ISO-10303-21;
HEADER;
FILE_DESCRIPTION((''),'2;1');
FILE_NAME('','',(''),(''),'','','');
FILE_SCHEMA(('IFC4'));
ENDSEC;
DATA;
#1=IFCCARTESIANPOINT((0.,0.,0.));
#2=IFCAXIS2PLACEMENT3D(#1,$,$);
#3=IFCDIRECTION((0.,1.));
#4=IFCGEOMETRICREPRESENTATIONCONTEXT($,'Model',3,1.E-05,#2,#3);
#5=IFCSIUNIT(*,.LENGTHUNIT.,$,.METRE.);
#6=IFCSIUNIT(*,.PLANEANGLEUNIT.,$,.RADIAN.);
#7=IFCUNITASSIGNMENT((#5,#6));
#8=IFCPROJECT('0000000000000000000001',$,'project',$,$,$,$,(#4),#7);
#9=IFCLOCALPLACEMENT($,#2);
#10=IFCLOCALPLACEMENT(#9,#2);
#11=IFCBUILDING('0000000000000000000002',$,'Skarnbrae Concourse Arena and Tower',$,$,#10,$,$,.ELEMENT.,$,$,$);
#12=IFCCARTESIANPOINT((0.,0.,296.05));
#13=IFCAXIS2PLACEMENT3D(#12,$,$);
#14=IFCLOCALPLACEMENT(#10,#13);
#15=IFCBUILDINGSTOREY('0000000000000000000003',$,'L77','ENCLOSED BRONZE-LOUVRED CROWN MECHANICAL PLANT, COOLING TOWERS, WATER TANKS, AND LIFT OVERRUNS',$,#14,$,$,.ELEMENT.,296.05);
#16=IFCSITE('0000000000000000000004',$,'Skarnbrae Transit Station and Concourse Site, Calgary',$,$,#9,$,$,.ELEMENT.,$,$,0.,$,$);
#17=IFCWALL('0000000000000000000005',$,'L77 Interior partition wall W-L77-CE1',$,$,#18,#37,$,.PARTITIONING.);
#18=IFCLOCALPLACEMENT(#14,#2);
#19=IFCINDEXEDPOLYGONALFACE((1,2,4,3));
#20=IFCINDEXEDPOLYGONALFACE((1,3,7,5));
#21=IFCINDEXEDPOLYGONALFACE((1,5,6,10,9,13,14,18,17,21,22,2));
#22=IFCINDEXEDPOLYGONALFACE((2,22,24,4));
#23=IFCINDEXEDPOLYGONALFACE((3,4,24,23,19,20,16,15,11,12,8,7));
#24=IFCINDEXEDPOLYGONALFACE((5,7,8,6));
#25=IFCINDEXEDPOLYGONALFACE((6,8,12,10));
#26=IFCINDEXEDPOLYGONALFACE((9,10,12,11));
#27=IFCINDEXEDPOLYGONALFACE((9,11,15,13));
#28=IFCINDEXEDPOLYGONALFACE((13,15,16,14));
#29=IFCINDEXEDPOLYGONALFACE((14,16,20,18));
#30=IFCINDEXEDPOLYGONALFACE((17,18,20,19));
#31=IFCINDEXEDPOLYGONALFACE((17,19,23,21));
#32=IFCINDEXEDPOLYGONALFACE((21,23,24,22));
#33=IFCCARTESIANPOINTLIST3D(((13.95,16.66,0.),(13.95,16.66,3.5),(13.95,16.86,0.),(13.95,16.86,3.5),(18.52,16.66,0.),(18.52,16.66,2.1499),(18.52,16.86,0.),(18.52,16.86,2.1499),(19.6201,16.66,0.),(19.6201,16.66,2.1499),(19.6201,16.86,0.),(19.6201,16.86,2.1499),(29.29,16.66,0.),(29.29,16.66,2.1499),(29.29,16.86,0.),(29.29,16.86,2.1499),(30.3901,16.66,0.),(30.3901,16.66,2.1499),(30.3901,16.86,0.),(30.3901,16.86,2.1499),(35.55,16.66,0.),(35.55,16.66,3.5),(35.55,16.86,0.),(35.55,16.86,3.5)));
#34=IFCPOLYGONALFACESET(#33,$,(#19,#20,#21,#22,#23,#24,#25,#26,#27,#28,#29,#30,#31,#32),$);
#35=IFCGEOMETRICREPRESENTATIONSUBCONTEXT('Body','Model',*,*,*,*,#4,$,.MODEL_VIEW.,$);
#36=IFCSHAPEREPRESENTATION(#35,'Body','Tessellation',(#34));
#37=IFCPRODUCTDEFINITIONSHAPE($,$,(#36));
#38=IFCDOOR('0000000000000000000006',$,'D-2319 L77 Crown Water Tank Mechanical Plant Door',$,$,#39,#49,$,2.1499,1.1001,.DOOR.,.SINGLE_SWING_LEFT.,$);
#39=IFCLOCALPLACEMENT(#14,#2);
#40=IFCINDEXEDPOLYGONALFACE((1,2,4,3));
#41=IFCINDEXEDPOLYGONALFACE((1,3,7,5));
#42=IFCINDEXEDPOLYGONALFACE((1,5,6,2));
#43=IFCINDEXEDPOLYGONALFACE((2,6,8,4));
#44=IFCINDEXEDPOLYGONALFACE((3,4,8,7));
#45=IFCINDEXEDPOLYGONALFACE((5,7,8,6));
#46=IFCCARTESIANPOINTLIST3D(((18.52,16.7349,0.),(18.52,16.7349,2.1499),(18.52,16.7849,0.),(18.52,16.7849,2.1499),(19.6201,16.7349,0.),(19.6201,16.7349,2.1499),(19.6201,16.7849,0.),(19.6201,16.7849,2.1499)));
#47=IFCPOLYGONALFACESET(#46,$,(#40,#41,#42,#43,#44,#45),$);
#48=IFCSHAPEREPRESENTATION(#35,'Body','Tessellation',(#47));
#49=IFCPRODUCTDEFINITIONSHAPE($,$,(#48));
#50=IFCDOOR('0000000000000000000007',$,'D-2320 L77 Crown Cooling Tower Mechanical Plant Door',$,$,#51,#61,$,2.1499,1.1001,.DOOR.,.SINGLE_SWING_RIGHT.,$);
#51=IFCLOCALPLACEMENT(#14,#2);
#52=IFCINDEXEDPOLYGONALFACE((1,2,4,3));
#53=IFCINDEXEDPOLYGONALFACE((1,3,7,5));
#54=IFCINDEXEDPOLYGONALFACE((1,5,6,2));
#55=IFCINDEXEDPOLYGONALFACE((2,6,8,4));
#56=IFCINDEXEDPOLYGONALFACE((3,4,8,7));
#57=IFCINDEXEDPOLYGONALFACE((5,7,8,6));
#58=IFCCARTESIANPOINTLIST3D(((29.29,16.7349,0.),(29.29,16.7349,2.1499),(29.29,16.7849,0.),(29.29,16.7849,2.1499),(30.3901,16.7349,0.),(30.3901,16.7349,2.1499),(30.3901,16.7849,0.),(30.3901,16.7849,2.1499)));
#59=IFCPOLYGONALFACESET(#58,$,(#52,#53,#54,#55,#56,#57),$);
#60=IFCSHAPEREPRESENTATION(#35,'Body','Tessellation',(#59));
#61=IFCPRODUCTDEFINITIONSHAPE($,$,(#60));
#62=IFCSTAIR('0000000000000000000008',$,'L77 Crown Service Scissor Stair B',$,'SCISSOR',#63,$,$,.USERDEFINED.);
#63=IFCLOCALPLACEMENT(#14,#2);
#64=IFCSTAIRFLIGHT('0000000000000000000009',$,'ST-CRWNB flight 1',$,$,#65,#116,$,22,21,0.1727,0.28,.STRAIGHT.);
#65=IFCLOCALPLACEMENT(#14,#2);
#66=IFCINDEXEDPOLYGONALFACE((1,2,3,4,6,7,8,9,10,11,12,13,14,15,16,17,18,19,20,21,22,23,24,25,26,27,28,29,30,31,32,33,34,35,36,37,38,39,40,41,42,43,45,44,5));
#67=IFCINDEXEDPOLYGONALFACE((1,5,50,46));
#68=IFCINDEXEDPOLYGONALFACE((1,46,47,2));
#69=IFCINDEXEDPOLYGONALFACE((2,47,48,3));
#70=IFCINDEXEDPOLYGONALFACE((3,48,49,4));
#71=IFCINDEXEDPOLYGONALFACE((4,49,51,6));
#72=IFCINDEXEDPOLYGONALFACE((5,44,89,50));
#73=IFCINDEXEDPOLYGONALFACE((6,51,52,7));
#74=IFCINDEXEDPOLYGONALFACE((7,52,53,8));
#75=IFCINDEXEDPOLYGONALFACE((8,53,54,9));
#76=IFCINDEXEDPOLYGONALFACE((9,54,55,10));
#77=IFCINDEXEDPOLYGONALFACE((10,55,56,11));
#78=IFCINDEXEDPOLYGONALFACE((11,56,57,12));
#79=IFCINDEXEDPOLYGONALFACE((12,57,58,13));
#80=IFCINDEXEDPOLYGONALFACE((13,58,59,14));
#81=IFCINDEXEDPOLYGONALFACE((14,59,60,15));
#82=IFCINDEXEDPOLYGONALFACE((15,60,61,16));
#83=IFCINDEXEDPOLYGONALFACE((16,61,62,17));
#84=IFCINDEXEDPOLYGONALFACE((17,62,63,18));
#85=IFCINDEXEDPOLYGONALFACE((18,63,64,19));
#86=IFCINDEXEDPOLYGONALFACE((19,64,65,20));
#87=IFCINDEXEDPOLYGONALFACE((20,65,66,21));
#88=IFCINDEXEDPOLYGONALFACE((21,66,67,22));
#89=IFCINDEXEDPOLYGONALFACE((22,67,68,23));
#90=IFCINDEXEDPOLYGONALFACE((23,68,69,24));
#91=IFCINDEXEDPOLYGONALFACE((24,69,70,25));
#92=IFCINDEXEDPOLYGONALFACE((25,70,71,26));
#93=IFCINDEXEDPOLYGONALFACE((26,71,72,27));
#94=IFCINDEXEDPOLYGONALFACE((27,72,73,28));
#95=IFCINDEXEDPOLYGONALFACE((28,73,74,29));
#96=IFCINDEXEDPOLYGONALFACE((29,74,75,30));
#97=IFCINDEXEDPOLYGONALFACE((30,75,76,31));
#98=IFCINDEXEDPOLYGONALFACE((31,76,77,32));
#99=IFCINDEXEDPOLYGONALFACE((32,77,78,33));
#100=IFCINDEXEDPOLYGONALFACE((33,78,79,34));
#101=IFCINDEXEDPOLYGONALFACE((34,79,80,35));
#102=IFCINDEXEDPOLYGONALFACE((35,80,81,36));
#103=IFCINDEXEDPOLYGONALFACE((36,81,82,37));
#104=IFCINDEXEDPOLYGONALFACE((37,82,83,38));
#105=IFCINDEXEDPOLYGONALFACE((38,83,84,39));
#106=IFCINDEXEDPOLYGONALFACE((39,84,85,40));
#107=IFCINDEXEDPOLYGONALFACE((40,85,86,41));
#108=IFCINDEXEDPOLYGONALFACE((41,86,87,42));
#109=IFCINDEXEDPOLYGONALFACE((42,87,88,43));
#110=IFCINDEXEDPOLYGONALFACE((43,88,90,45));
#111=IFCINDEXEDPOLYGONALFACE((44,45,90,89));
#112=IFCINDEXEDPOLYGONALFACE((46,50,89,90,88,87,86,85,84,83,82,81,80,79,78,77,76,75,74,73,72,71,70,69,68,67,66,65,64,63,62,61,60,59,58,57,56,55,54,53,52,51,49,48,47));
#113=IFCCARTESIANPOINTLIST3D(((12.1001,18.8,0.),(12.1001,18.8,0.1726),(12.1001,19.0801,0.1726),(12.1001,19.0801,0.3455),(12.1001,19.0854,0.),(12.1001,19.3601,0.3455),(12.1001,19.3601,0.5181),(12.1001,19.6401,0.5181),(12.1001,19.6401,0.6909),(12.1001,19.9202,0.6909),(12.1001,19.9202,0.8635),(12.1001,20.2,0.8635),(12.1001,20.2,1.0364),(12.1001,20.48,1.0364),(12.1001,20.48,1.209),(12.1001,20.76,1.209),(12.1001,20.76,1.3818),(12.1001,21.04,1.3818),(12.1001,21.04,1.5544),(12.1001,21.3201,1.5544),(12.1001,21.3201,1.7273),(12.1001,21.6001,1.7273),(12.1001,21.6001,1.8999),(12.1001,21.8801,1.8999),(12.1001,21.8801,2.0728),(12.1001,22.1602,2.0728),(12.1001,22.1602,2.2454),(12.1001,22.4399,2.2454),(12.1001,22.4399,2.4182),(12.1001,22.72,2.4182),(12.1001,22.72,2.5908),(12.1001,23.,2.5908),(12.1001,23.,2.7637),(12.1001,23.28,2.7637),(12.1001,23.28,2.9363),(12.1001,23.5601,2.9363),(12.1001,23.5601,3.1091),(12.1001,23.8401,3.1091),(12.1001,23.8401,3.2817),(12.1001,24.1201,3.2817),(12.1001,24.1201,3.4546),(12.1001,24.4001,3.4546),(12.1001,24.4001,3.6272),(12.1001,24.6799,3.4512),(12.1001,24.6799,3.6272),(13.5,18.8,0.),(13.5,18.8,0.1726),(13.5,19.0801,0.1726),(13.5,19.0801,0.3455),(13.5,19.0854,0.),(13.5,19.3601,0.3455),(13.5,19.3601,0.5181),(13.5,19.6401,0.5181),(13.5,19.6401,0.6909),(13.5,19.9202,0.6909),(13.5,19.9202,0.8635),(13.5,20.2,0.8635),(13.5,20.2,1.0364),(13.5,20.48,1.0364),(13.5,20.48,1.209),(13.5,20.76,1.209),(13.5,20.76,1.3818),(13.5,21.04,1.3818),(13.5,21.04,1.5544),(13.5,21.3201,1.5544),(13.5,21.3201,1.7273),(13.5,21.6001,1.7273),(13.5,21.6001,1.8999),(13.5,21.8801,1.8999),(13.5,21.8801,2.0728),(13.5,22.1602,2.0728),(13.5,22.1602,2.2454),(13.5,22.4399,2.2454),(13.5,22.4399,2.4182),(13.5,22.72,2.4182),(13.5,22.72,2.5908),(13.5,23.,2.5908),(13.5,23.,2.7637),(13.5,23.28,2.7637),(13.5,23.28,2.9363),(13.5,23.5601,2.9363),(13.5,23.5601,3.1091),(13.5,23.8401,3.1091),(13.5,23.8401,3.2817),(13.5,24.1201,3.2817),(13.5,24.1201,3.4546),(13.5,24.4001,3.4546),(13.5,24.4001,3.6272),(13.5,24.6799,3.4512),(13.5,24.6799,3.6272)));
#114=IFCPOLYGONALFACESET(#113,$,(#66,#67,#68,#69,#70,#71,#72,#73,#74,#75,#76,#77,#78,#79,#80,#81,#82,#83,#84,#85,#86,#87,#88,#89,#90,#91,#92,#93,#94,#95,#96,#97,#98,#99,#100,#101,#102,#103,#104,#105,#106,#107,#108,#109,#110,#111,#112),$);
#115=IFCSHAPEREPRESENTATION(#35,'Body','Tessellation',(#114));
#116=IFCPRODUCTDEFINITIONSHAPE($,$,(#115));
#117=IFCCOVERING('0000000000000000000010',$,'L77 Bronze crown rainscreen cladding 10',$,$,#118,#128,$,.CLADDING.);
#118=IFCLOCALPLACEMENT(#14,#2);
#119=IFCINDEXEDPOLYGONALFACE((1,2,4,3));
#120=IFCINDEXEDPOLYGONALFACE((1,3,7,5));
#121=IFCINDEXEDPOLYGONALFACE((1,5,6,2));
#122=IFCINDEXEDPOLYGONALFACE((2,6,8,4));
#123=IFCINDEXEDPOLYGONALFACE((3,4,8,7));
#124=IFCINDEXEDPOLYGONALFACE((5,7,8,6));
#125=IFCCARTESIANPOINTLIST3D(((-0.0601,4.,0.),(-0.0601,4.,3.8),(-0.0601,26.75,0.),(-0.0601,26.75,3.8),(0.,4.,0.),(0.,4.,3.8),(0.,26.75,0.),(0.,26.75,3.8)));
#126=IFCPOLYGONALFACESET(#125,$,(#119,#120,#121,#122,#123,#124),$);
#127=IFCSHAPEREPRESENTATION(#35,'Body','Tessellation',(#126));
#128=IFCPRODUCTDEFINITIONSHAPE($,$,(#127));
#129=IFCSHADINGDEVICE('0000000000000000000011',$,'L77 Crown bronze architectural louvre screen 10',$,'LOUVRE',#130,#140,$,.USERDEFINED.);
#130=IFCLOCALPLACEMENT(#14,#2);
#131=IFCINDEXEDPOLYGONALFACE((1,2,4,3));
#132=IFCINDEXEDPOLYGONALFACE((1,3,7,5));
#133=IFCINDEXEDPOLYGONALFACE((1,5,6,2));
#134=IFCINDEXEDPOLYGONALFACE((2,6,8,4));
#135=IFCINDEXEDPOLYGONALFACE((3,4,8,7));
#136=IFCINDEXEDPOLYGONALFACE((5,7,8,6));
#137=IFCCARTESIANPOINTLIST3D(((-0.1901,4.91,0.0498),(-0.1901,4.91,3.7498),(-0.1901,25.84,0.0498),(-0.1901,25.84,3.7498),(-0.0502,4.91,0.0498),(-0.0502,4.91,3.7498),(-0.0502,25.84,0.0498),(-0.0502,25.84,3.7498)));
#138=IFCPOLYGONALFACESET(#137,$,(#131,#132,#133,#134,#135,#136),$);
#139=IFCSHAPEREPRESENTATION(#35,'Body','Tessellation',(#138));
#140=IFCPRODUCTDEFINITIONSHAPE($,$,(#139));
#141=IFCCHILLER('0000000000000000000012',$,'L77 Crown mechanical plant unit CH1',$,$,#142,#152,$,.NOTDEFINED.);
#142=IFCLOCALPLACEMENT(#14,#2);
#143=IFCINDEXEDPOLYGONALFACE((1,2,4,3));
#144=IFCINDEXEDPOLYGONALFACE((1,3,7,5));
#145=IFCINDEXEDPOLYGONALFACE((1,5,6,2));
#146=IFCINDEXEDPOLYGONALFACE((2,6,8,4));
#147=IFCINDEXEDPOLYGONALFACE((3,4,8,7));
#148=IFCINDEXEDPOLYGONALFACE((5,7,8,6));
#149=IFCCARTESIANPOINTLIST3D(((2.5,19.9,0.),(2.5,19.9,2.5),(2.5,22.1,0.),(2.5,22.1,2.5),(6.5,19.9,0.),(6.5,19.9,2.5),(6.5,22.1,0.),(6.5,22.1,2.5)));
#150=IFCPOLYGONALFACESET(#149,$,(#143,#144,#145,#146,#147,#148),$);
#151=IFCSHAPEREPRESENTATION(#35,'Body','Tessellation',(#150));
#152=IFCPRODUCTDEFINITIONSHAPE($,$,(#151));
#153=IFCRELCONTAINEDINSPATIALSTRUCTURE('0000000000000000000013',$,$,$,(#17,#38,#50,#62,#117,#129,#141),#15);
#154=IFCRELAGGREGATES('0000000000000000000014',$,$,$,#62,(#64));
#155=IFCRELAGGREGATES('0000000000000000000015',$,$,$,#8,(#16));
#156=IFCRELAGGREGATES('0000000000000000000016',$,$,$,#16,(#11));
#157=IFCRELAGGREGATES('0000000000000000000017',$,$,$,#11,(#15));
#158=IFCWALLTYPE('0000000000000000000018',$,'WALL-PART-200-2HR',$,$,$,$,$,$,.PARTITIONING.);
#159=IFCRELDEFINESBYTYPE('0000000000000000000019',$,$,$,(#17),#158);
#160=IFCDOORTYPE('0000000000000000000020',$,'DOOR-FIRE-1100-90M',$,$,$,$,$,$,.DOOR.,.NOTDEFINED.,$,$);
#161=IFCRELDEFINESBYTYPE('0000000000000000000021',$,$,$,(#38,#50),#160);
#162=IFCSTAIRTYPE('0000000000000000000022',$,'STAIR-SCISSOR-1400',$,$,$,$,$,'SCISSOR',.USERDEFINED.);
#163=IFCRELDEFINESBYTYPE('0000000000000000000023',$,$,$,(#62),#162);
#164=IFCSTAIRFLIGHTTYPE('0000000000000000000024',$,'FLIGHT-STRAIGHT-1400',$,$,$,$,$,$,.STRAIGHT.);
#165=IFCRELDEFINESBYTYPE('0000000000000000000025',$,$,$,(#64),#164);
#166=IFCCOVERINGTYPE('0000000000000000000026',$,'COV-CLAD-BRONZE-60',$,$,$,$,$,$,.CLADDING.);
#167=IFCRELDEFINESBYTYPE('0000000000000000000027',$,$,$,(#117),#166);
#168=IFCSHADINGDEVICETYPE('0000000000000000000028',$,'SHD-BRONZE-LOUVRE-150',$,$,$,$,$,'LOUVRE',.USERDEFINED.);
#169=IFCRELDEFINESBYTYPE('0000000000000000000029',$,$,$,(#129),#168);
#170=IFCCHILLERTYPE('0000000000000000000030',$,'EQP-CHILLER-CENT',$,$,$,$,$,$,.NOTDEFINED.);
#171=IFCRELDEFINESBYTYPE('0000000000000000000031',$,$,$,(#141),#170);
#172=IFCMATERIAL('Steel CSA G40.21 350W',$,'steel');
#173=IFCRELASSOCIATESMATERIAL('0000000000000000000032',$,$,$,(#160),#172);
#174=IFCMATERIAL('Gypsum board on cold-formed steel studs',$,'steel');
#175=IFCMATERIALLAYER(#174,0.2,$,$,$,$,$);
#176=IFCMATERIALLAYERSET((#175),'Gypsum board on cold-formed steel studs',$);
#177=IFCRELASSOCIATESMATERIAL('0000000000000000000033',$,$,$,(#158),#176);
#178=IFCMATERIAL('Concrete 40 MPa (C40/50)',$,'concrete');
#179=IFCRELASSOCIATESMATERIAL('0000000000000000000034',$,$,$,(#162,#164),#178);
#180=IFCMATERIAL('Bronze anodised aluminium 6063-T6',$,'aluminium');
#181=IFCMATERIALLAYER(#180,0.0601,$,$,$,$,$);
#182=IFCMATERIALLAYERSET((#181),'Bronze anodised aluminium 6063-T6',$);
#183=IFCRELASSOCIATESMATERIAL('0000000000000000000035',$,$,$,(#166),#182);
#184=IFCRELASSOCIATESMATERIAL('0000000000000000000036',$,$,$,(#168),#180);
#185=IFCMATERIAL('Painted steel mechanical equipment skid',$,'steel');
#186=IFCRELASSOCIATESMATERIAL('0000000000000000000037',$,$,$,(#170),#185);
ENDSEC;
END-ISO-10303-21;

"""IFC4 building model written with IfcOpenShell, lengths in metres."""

from ifc_helpers import new_model, si_unit, direction, frame, frame_2d, origin, origin_2d, place, context, subcontext, project, spatial, polyline, rectangle, outline, extrude, source, transform, mapped, material, layer, layer_set, type_object, element, fill, aggregate, save


model = new_model("IFC4")

# Units and contexts
model_context = context("Model", 3, precision=1e-05, world=origin(), true_north=direction((0.0, 1.0)))
body_context = subcontext(model_context, "Body", "Model", "MODEL_VIEW")
ifc_project = project(units=[si_unit("LENGTHUNIT", "METRE"), si_unit("PLANEANGLEUNIT", "RADIAN")], contexts=[model_context])

# Site, building, storey
site_placement = place(None, origin())
site = spatial("IfcSite", under=ifc_project, at=site_placement, Name="Skarnbrae Transit Station and Concourse Site, Calgary", CompositionType="ELEMENT", RefElevation=0.0)
building_placement = place(site_placement, origin())
building = spatial("IfcBuilding", under=site, at=building_placement, Name="Skarnbrae Concourse Arena and Tower", CompositionType="ELEMENT")
storey_placement = place(building_placement, frame((0.0, 0.0, 296.05)))
storey = spatial("IfcBuildingStorey", under=building, at=storey_placement, Name="L77", Description="ENCLOSED BRONZE-LOUVRED CROWN MECHANICAL PLANT, COOLING TOWERS, WATER TANKS, AND LIFT OVERRUNS", CompositionType="ELEMENT", Elevation=296.05)

# Shared definitions
ifc_material_1 = material(Name="Steel CSA G40.21 350W", Category="steel")

# Shared definitions
door_type = type_object("IfcDoorType", Name="DOOR-FIRE-1100-90M", OperationType="NOTDEFINED", PredefinedType="DOOR", material=ifc_material_1)
shared_shape_1 = source(origin(), body_context, "Body", "SweptSolid", [
    extrude(rectangle(XDim=1.1001, YDim=2.1499, at=frame_2d((0.55, 1.075))), frame((0.0, 0.0249, 0.0), z_axis=(0.0, -1.0, 0.0), x_axis=(1.0, 0.0, 0.0)), (0.0, 0.0, 1.0), 0.05),
])

# Shared definitions
ifc_material_2 = material(Name="Gypsum board on cold-formed steel studs", Category="steel")
ifc_layer_1 = layer(ifc_material_2, 0.2)
ifc_layer_set_1 = layer_set([ifc_layer_1], Name="Gypsum board on cold-formed steel studs")
wall_type_1 = type_object("IfcWallType", Name="WALL-PART-200-2HR", PredefinedType="PARTITIONING", material=ifc_layer_set_1)

# Wall, openings, doors
shared_shape_2 = source(origin(), body_context, "Body", "SweptSolid", [
    extrude(rectangle(XDim=21.6001, YDim=0.2, at=frame_2d((10.8, 0.0))), origin(), (0.0, 0.0, 1.0), 3.5),
])
wall_1_placement = place(storey_placement, frame((13.95, 16.76, 0.0), z_axis=(0.0, 0.0, 1.0), x_axis=(1.0, 0.0, 0.0)))
wall_1 = element("IfcWall", 1, at=wall_1_placement, inside=storey, type_object=wall_type_1, Name="L77 Interior partition wall W-L77-CE1", PredefinedType="PARTITIONING", context=body_context, shape_type="MappedRepresentation", body=[
    mapped(shared_shape_2, transform((0.0, 0.0, 0.0))),
])
opening_1_placement = place(wall_1_placement, frame((4.5701, 0.0, 0.0)))
opening_1 = element("IfcOpeningElement", 2, at=opening_1_placement, cuts=wall_1, PredefinedType="OPENING", context=body_context, shape_type="SweptSolid", body=[
    extrude(rectangle(XDim=1.1001, YDim=2.1499, at=frame_2d((0.55, 1.075))), frame((0.0, 0.1099, 0.0), z_axis=(0.0, -1.0, 0.0), x_axis=(1.0, 0.0, 0.0)), (0.0, 0.0, 1.0), 0.22),
])
opening_2_placement = place(wall_1_placement, frame((15.3401, 0.0, 0.0)))
opening_2 = element("IfcOpeningElement", 3, at=opening_2_placement, cuts=wall_1, PredefinedType="OPENING", context=body_context, shape_type="SweptSolid", body=[
    extrude(rectangle(XDim=1.1001, YDim=2.1499, at=frame_2d((0.55, 1.075))), frame((0.0, 0.1099, 0.0), z_axis=(0.0, -1.0, 0.0), x_axis=(1.0, 0.0, 0.0)), (0.0, 0.0, 1.0), 0.22),
])
door_1_placement = place(opening_1_placement, origin())
door_1 = element("IfcDoor", 4, at=door_1_placement, inside=storey, type_object=door_type, Name="D-2319 L77 Crown Water Tank Mechanical Plant Door", OperationType="SINGLE_SWING_LEFT", OverallHeight=2.1499, OverallWidth=1.1001, PredefinedType="DOOR", context=body_context, shape_type="MappedRepresentation", body=[
    mapped(shared_shape_1, transform((0.0, 0.0, 0.0))),
])
fill(opening_1, door_1)
door_2_placement = place(opening_2_placement, origin())
door_2 = element("IfcDoor", 5, at=door_2_placement, inside=storey, type_object=door_type, Name="D-2320 L77 Crown Cooling Tower Mechanical Plant Door", OperationType="SINGLE_SWING_RIGHT", OverallHeight=2.1499, OverallWidth=1.1001, PredefinedType="DOOR", context=body_context, shape_type="MappedRepresentation", body=[
    mapped(shared_shape_1, transform((0.0, 0.0, 0.0))),
])
fill(opening_2, door_2)

# Stair, stair flight
ifc_material_3 = material(Name="Concrete 40 MPa (C40/50)", Category="concrete")
stair_type = type_object("IfcStairType", Name="STAIR-SCISSOR-1400", ElementType="SCISSOR", PredefinedType="USERDEFINED", material=ifc_material_3)
stair_placement = place(storey_placement, origin())
stair = element("IfcStair", 6, at=stair_placement, inside=storey, type_object=stair_type, Name="L77 Crown Service Scissor Stair B", ObjectType="SCISSOR", PredefinedType="USERDEFINED")
stair_flight_type = type_object("IfcStairFlightType", Name="FLIGHT-STRAIGHT-1400", PredefinedType="STRAIGHT", material=ifc_material_3)
shared_shape_3 = source(origin(), body_context, "Body", "SweptSolid", [
    extrude(outline(polyline([(0.0, 0.0), (0.0, 0.1726), (0.28, 0.1726), (0.28, 0.3455), (0.5601, 0.3455), (0.5601, 0.5181), (0.8401, 0.5181), (0.8401, 0.6909), (1.1201, 0.6909), (1.1201, 0.8635), (1.3999, 0.8635), (1.3999, 1.0364), (1.6799, 1.0364), (1.6799, 1.209), (1.96, 1.209), (1.96, 1.3818), (2.24, 1.3818), (2.24, 1.5544), (2.52, 1.5544), (2.52, 1.7273), (2.8, 1.7273), (2.8, 1.8999), (3.0801, 1.8999), (3.0801, 2.0728), (3.3601, 2.0728), (3.3601, 2.2454), (3.6399, 2.2454), (3.6399, 2.4182), (3.9199, 2.4182), (3.9199, 2.5908), (4.2, 2.5908), (4.2, 2.7637), (4.48, 2.7637), (4.48, 2.9363), (4.76, 2.9363), (4.76, 3.1091), (5.04, 3.1091), (5.04, 3.2817), (5.3201, 3.2817), (5.3201, 3.4546), (5.6001, 3.4546), (5.6001, 3.6272), (5.8799, 3.6272), (5.8799, 3.8), (5.8799, 3.4512), (0.2854, 0.0), (0.0, 0.0)])), frame((0.0, 0.7, 0.0), z_axis=(0.0, -1.0, 0.0), x_axis=(1.0, 0.0, 0.0)), (0.0, 0.0, 1.0), 1.3999),
])
stair_flight_placement = place(storey_placement, frame((12.8, 18.8, 0.0), z_axis=(0.0, 0.0, 1.0), x_axis=(0.0, 1.0, 0.0)))
stair_flight = element("IfcStairFlight", 7, at=stair_flight_placement, type_object=stair_flight_type, Name="ST-CRWNB flight 1", NumberOfRisers=22, NumberOfTreads=21, PredefinedType="STRAIGHT", RiserHeight=0.1727, TreadLength=0.28, context=body_context, shape_type="MappedRepresentation", body=[
    mapped(shared_shape_3, transform((0.0, 0.0, 0.0))),
])
aggregate(stair, [stair_flight])

# Covering
ifc_material_4 = material(Name="Bronze anodised aluminium 6063-T6", Category="aluminium")
ifc_layer_2 = layer(ifc_material_4, 0.0601)
ifc_layer_set_2 = layer_set([ifc_layer_2], Name="Bronze anodised aluminium 6063-T6")
covering_type = type_object("IfcCoveringType", Name="COV-CLAD-BRONZE-60", PredefinedType="CLADDING", material=ifc_layer_set_2)
shared_shape_4 = source(origin(), body_context, "Body", "SweptSolid", [
    extrude(rectangle(XDim=22.75, YDim=0.0601, at=origin_2d()), origin(), (0.0, 0.0, 1.0), 3.8),
])
covering_placement = place(storey_placement, frame((-0.03, 15.375, 0.0), z_axis=(0.0, 0.0, 1.0), x_axis=(0.0, -1.0, 0.0)))
element("IfcCovering", 8, at=covering_placement, inside=storey, type_object=covering_type, Name="L77 Bronze crown rainscreen cladding 10", PredefinedType="CLADDING", context=body_context, shape_type="MappedRepresentation", body=[
    mapped(shared_shape_4, transform((0.0, 0.0, 0.0))),
])

# Shading device
shading_device_type = type_object("IfcShadingDeviceType", Name="SHD-BRONZE-LOUVRE-150", ElementType="LOUVRE", PredefinedType="USERDEFINED", material=ifc_material_4)
shared_shape_5 = source(origin(), body_context, "Body", "SweptSolid", [
    extrude(rectangle(XDim=20.9299, YDim=0.1399, at=origin_2d()), origin(), (0.0, 0.0, 1.0), 3.7),
])
shading_device_placement = place(storey_placement, frame((-0.1201, 15.375, 0.0498), z_axis=(0.0, 0.0, 1.0), x_axis=(0.0, -1.0, 0.0)))
element("IfcShadingDevice", 9, at=shading_device_placement, inside=storey, type_object=shading_device_type, Name="L77 Crown bronze architectural louvre screen 10", ObjectType="LOUVRE", PredefinedType="USERDEFINED", context=body_context, shape_type="MappedRepresentation", body=[
    mapped(shared_shape_5, transform((0.0, 0.0, 0.0))),
])

# Chiller
ifc_material_5 = material(Name="Painted steel mechanical equipment skid", Category="steel")
chiller_type = type_object("IfcChillerType", Name="EQP-CHILLER-CENT", PredefinedType="NOTDEFINED", material=ifc_material_5)
shared_shape_6 = source(origin(), body_context, "Body", "SweptSolid", [
    extrude(rectangle(XDim=4.0, YDim=2.2, at=origin_2d()), origin(), (0.0, 0.0, 1.0), 2.5),
])
chiller_placement = place(storey_placement, frame((4.5, 21.0, 0.0), z_axis=(0.0, 0.0, 1.0), x_axis=(1.0, 0.0, 0.0)))
element("IfcChiller", 10, at=chiller_placement, inside=storey, type_object=chiller_type, Name="L77 Crown mechanical plant unit CH1", PredefinedType="NOTDEFINED", context=body_context, shape_type="MappedRepresentation", body=[
    mapped(shared_shape_6, transform((0.0, 0.0, 0.0))),
])

save(model, "model.ifc")
